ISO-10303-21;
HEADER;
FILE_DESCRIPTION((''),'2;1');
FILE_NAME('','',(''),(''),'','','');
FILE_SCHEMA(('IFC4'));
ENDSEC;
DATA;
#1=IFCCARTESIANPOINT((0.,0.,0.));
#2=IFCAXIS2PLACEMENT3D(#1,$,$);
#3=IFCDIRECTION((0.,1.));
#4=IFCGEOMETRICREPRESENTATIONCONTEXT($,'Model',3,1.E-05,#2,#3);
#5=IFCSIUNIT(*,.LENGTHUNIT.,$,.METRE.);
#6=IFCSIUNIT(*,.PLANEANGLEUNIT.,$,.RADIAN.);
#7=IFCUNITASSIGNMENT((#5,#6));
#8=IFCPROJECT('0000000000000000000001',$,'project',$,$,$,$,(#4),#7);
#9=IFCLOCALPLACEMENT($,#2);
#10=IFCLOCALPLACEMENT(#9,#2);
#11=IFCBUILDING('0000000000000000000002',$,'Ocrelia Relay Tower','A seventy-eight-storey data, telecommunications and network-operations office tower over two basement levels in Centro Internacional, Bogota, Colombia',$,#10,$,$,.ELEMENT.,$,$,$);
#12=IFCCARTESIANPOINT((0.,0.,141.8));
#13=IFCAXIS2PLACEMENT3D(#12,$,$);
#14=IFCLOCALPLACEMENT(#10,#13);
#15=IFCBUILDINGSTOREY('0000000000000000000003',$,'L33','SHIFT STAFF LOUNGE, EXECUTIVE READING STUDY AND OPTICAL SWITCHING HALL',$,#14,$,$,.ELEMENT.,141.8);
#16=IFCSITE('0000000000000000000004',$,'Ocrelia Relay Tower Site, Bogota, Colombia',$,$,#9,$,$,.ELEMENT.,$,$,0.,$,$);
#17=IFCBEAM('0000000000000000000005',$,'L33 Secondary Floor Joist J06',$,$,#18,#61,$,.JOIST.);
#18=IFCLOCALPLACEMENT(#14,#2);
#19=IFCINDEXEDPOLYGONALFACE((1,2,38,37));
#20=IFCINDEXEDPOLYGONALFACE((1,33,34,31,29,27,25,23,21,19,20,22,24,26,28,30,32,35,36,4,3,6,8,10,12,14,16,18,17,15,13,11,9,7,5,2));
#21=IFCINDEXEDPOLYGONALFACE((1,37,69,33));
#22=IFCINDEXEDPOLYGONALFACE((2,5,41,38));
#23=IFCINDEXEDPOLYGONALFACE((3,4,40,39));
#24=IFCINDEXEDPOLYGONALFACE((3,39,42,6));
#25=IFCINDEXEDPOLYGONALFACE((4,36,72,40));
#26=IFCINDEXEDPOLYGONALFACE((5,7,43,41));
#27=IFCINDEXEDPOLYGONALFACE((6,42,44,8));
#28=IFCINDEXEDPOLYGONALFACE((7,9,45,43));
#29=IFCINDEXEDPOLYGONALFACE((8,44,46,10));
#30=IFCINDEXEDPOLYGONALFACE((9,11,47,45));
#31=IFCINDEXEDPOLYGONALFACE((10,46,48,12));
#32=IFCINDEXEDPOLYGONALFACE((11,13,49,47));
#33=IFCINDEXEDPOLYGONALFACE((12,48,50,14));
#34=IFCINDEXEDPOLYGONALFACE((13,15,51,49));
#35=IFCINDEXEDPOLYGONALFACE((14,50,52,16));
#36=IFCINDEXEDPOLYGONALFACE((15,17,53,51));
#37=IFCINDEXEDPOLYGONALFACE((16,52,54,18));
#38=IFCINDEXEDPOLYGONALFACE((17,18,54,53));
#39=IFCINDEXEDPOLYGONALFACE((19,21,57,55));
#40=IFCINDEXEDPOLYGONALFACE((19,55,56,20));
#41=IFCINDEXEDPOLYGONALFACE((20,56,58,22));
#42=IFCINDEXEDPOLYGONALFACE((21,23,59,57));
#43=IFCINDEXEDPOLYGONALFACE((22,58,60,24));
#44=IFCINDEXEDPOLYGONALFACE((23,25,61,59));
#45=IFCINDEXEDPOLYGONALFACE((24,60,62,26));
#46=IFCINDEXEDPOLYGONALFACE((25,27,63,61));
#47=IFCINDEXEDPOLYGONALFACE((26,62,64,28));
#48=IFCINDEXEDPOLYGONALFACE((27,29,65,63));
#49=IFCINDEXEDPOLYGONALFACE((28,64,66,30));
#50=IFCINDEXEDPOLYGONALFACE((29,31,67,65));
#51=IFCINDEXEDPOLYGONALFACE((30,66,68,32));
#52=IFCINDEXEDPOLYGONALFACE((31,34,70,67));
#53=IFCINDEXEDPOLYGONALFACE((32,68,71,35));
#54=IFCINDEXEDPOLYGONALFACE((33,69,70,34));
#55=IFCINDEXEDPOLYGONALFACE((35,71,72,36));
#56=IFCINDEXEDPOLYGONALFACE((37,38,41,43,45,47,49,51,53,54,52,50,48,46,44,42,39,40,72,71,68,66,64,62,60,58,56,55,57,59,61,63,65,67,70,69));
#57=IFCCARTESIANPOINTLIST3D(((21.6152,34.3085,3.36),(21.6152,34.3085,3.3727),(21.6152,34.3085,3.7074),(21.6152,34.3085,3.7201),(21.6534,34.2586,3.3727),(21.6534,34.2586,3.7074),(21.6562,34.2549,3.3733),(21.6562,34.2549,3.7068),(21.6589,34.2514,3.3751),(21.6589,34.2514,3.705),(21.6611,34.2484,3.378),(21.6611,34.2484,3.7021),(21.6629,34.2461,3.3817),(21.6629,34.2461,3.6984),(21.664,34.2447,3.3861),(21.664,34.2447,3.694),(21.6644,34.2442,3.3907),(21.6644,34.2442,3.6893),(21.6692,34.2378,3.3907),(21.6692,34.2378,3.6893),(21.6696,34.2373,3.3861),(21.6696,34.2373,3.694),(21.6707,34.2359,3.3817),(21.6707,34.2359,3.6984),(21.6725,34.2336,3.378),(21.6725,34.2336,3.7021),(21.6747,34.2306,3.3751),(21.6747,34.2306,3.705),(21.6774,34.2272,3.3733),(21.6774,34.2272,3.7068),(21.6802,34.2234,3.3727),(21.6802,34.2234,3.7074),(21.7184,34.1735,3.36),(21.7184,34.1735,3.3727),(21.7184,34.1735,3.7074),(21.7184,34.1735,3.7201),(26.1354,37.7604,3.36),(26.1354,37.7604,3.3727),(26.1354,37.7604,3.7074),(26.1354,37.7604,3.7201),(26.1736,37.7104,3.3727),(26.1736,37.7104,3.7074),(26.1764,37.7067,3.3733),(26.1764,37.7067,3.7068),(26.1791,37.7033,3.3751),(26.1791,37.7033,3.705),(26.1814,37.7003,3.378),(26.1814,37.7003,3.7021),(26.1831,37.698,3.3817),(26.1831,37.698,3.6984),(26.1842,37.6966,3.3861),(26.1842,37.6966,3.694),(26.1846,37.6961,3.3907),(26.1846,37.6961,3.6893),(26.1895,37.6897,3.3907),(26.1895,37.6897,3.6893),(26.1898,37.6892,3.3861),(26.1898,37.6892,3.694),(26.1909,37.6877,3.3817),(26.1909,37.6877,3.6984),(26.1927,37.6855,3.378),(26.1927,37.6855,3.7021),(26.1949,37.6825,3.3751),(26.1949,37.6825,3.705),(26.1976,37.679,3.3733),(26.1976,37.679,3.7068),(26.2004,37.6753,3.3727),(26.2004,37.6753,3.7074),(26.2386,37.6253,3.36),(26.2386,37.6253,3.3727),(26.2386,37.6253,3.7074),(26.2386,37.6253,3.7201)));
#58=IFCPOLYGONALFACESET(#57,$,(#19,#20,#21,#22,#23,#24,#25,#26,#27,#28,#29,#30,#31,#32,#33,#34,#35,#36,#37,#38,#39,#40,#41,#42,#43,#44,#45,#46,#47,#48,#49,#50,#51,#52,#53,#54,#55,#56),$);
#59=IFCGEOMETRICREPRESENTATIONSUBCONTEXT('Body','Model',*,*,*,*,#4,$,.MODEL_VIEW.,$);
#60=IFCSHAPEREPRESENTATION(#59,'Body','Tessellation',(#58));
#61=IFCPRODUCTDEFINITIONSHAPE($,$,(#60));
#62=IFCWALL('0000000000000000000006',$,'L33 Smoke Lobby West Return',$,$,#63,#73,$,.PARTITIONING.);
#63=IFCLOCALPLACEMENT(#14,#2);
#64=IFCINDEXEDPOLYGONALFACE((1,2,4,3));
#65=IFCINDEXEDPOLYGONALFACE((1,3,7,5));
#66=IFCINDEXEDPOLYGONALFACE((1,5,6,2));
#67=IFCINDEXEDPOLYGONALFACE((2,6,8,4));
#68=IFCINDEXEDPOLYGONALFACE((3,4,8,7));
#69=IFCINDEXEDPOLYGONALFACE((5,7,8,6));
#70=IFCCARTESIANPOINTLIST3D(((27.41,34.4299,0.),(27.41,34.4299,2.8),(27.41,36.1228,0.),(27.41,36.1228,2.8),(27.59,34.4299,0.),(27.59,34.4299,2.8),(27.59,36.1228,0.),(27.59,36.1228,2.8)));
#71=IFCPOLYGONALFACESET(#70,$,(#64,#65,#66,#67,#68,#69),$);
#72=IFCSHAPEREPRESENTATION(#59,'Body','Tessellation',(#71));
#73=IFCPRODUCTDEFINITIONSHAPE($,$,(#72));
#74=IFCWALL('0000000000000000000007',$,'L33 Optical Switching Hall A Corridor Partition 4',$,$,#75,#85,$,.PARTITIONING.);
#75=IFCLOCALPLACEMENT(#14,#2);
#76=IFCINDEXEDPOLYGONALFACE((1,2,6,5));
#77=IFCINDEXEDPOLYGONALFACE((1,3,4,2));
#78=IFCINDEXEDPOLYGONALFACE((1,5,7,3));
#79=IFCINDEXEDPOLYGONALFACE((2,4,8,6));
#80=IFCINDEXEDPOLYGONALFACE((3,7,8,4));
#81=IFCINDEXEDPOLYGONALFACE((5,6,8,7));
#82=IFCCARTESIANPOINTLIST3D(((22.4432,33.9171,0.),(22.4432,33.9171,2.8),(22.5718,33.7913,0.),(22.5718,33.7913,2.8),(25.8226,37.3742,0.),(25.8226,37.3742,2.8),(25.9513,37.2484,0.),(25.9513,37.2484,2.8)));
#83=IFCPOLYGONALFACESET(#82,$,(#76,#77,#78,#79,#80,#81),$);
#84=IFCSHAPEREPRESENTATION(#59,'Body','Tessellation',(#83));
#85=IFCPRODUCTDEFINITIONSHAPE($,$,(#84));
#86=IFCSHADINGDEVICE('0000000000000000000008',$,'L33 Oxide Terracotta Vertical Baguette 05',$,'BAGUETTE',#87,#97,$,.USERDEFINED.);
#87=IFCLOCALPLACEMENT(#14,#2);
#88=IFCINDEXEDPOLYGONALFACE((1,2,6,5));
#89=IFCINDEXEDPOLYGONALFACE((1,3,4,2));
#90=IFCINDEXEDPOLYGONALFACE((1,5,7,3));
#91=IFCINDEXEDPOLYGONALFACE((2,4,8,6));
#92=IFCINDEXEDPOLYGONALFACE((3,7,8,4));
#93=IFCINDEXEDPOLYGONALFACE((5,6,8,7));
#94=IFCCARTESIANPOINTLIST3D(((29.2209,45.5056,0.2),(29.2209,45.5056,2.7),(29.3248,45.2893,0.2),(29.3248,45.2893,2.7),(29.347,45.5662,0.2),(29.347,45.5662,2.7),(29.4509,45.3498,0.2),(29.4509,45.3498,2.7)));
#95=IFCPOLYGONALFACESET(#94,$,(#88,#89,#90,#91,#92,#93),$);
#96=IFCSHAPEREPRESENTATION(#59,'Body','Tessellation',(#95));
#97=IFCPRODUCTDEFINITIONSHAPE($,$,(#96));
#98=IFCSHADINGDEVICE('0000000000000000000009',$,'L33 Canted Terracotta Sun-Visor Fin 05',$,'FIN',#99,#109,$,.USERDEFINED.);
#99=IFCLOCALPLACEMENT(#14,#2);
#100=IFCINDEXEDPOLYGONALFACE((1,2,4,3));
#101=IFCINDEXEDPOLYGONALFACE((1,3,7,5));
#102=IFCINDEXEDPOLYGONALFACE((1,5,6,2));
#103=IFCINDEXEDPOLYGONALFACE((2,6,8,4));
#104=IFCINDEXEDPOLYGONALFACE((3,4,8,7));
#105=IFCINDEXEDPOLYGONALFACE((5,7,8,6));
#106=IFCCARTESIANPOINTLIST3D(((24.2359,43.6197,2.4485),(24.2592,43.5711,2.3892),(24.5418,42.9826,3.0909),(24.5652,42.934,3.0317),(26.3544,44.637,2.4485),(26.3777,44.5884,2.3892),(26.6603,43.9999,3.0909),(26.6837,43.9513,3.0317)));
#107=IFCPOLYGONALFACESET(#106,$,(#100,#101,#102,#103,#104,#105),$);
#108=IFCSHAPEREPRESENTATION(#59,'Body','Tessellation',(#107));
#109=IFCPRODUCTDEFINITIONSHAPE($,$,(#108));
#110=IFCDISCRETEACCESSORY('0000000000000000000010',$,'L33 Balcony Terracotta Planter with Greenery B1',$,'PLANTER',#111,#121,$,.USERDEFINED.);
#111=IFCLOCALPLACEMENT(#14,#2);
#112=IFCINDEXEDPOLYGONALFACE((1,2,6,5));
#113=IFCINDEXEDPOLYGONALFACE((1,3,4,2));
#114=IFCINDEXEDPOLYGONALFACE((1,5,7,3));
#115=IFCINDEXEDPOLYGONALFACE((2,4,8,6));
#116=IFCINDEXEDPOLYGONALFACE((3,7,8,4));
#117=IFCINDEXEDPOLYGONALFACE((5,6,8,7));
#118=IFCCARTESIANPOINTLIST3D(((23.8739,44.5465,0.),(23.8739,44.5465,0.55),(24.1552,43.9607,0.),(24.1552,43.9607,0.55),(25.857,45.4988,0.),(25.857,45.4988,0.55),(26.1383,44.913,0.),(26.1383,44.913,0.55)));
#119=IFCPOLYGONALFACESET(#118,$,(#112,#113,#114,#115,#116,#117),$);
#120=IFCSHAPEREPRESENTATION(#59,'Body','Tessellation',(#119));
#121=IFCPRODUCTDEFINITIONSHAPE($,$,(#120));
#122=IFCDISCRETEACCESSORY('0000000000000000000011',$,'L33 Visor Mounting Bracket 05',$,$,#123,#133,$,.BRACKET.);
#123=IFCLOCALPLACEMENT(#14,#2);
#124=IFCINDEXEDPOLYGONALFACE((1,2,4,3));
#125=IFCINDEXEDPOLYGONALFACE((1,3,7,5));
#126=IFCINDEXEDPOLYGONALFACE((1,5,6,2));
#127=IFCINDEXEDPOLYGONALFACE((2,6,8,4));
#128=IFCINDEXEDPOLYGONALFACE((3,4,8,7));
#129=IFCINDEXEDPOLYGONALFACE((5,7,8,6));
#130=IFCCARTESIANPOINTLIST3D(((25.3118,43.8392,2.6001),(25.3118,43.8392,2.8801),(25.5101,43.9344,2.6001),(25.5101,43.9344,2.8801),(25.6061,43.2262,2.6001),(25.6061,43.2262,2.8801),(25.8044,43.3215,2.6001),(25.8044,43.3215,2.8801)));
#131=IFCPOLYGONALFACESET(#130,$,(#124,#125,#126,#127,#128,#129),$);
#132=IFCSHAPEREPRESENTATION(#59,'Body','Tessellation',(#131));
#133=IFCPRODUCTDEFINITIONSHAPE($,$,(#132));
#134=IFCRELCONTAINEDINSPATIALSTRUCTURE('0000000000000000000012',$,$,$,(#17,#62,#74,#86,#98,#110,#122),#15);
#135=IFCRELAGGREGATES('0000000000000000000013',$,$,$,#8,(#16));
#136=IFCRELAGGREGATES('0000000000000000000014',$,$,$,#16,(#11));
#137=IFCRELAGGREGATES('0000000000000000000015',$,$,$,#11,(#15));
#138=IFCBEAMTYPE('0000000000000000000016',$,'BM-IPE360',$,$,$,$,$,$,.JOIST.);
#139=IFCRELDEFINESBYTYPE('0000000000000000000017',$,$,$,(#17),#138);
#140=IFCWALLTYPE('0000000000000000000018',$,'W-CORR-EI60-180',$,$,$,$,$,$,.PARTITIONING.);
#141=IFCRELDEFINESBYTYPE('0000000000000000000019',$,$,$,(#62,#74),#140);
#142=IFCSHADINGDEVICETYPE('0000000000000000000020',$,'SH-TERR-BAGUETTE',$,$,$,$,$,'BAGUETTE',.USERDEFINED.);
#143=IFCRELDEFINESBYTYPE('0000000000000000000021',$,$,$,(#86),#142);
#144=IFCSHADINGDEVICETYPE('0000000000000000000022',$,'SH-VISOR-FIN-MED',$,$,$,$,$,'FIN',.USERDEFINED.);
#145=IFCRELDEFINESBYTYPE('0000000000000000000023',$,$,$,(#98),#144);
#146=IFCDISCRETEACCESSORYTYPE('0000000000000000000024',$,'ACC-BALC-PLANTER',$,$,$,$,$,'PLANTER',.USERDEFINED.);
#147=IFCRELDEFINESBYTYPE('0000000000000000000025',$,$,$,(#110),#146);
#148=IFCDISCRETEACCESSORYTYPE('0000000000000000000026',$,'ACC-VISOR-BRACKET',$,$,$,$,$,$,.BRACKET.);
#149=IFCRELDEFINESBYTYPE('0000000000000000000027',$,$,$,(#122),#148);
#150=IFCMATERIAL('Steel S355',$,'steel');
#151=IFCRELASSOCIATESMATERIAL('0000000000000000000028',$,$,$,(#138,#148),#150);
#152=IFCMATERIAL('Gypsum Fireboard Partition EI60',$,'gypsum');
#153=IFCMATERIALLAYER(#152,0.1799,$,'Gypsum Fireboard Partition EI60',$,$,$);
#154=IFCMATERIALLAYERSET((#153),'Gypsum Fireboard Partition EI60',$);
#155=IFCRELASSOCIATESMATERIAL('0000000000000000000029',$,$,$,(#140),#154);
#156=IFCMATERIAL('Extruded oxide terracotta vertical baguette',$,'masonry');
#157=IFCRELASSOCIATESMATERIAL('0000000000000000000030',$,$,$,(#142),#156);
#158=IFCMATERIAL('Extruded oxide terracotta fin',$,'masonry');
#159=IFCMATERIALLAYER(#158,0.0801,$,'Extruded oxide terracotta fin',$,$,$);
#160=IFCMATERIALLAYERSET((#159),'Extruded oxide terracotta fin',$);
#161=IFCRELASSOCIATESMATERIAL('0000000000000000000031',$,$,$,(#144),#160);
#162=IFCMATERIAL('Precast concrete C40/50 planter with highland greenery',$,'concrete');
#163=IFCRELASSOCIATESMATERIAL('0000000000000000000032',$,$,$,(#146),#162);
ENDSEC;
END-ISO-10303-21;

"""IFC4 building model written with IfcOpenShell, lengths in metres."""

from ifc_helpers import new_model, si_unit, direction, frame, frame_2d, origin, origin_2d, place, context, subcontext, project, spatial, rectangle, i_section, extrude, material, layer, layer_set, material_profile, profile_set, type_object, element, save


model = new_model("IFC4")

# Units and contexts
model_context = context("Model", 3, precision=1e-05, world=origin(), true_north=direction((0.0, 1.0)))
body_context = subcontext(model_context, "Body", "Model", "MODEL_VIEW")
ifc_project = project(units=[si_unit("LENGTHUNIT", "METRE"), si_unit("PLANEANGLEUNIT", "RADIAN")], contexts=[model_context])

# Site, building, storey
site_placement = place(None, origin())
site = spatial("IfcSite", under=ifc_project, at=site_placement, Name="Ocrelia Relay Tower Site, Bogota, Colombia", CompositionType="ELEMENT", RefElevation=0.0)
building_placement = place(site_placement, origin())
building = spatial("IfcBuilding", under=site, at=building_placement, Name="Ocrelia Relay Tower", Description="A seventy-eight-storey data, telecommunications and network-operations office tower over two basement levels in Centro Internacional, Bogota, Colombia", CompositionType="ELEMENT")
storey_placement = place(building_placement, frame((0.0, 0.0, 141.8)))
storey = spatial("IfcBuildingStorey", under=building, at=storey_placement, Name="L33", Description="SHIFT STAFF LOUNGE, EXECUTIVE READING STUDY AND OPTICAL SWITCHING HALL", CompositionType="ELEMENT", Elevation=141.8)

# Beam
ifc_material_1 = material(Name="Steel S355", Category="steel")
ifc_material_profile_1 = material_profile(ifc_material_1, i_section(OverallWidth=0.1699, OverallDepth=0.3601, WebThickness=0.0081, FlangeThickness=0.0127, FilletRadius=0.0181, at=origin_2d()), Name="IPE 360")
ifc_profile_set_1 = profile_set([ifc_material_profile_1], Name="Steel S355")
beam_type_1 = type_object("IfcBeamType", Name="BM-IPE360", PredefinedType="JOIST", material=ifc_profile_set_1)
beam_1_placement = place(storey_placement, frame((26.187, 37.6929, 3.54), z_axis=(-0.794762, -0.606921, 0.0), x_axis=(0.606921, -0.794762, 0.0)))
element("IfcBeam", 1, at=beam_1_placement, inside=storey, type_object=beam_type_1, Name="L33 Secondary Floor Joist J06", PredefinedType="JOIST", context=body_context, shape_type="SweptSolid", body=[
    extrude(i_section(OverallWidth=0.1699, OverallDepth=0.3601, WebThickness=0.0081, FlangeThickness=0.0127, FilletRadius=0.0181, at=origin_2d()), origin(), (0.0, 0.0, 1.0), 5.6875),
])

# Wall
ifc_material_2 = material(Name="Gypsum Fireboard Partition EI60", Category="gypsum")
ifc_layer_1 = layer(ifc_material_2, 0.1799, Name="Gypsum Fireboard Partition EI60")
ifc_layer_set_1 = layer_set([ifc_layer_1], Name="Gypsum Fireboard Partition EI60")
wall_type_1 = type_object("IfcWallType", Name="W-CORR-EI60-180", PredefinedType="PARTITIONING", material=ifc_layer_set_1)
wall_1_placement = place(storey_placement, frame((27.5, 34.4299, 0.0), z_axis=(0.0, 0.0, 1.0), x_axis=(0.0, 1.0, 0.0)))
element("IfcWall", 2, at=wall_1_placement, inside=storey, type_object=wall_type_1, Name="L33 Smoke Lobby West Return", PredefinedType="PARTITIONING", context=body_context, shape_type="SweptSolid", body=[
    extrude(rectangle(XDim=1.6929, YDim=0.1799, at=frame_2d((0.8464, 0.0))), origin(), (0.0, 0.0, 1.0), 2.8),
])

# Wall
wall_2_placement = place(storey_placement, frame((25.887, 37.3113, 0.0), z_axis=(0.0, 0.0, 1.0), x_axis=(-0.699032, -0.715091, 0.0)))
element("IfcWall", 3, at=wall_2_placement, inside=storey, type_object=wall_type_1, Name="L33 Optical Switching Hall A Corridor Partition 4", PredefinedType="PARTITIONING", context=body_context, shape_type="SweptSolid", body=[
    extrude(rectangle(XDim=4.8345, YDim=0.1799, at=frame_2d((2.4172, 0.0))), origin(), (0.0, 0.0, 1.0), 2.8),
])

# Shading devices
ifc_material_3 = material(Name="Extruded oxide terracotta vertical baguette", Category="masonry")
shading_device_type_1 = type_object("IfcShadingDeviceType", Name="SH-TERR-BAGUETTE", ElementType="BAGUETTE", PredefinedType="USERDEFINED", material=ifc_material_3)
shading_device_1_placement = place(storey_placement, frame((29.3359, 45.4277, 0.2), z_axis=(0.0, 0.0, 1.0), x_axis=(-0.901453, -0.432877, 0.0)))
element("IfcShadingDevice", 4, at=shading_device_1_placement, inside=storey, type_object=shading_device_type_1, Name="L33 Oxide Terracotta Vertical Baguette 05", ObjectType="BAGUETTE", PredefinedType="USERDEFINED", context=body_context, shape_type="SweptSolid", body=[
    extrude(rectangle(XDim=0.1399, YDim=0.24, at=origin_2d()), origin(), (0.0, 0.0, 1.0), 2.5),
])
ifc_material_4 = material(Name="Extruded oxide terracotta fin", Category="masonry")
ifc_layer_2 = layer(ifc_material_4, 0.0801, Name="Extruded oxide terracotta fin")
ifc_layer_set_2 = layer_set([ifc_layer_2], Name="Extruded oxide terracotta fin")
shading_device_type_2 = type_object("IfcShadingDeviceType", Name="SH-VISOR-FIN-MED", ElementType="FIN", PredefinedType="USERDEFINED", material=ifc_layer_set_2)
shading_device_2_placement = place(storey_placement, frame((25.4714, 43.7612, 2.7104), z_axis=(-0.291164, 0.60634, 0.739983), x_axis=(-0.901453, -0.432877, 0.0)))
element("IfcShadingDevice", 5, at=shading_device_2_placement, inside=storey, type_object=shading_device_type_2, Name="L33 Canted Terracotta Sun-Visor Fin 05", ObjectType="FIN", PredefinedType="USERDEFINED", context=body_context, shape_type="SweptSolid", body=[
    extrude(rectangle(XDim=2.3501, YDim=0.9551, at=origin_2d()), origin(), (0.0, 0.0, 1.0), 0.0801),
])

# Discrete accessories
ifc_material_5 = material(Name="Precast concrete C40/50 planter with highland greenery", Category="concrete")
discrete_accessory_type_1 = type_object("IfcDiscreteAccessoryType", Name="ACC-BALC-PLANTER", ElementType="PLANTER", PredefinedType="USERDEFINED", material=ifc_material_5)
discrete_accessory_1_placement = place(storey_placement, frame((25.0061, 44.7297, 0.0), z_axis=(0.0, 0.0, 1.0), x_axis=(0.901456, 0.43287, 0.0)))
element("IfcDiscreteAccessory", 6, at=discrete_accessory_1_placement, inside=storey, type_object=discrete_accessory_type_1, Name="L33 Balcony Terracotta Planter with Greenery B1", ObjectType="PLANTER", PredefinedType="USERDEFINED", context=body_context, shape_type="SweptSolid", body=[
    extrude(rectangle(XDim=2.2, YDim=0.6499, at=origin_2d()), origin(), (0.0, 0.0, 1.0), 0.55),
])
discrete_accessory_type_2 = type_object("IfcDiscreteAccessoryType", Name="ACC-VISOR-BRACKET", PredefinedType="BRACKET", material=ifc_material_1)
discrete_accessory_2_placement = place(storey_placement, frame((25.5581, 43.5803, 2.6001), z_axis=(0.0, 0.0, 1.0), x_axis=(-0.901453, -0.432877, 0.0)))
element("IfcDiscreteAccessory", 7, at=discrete_accessory_2_placement, inside=storey, type_object=discrete_accessory_type_2, Name="L33 Visor Mounting Bracket 05", PredefinedType="BRACKET", context=body_context, shape_type="SweptSolid", body=[
    extrude(rectangle(XDim=0.22, YDim=0.6799, at=origin_2d()), origin(), (0.0, 0.0, 1.0), 0.28),
])

save(model, "model.ifc")
